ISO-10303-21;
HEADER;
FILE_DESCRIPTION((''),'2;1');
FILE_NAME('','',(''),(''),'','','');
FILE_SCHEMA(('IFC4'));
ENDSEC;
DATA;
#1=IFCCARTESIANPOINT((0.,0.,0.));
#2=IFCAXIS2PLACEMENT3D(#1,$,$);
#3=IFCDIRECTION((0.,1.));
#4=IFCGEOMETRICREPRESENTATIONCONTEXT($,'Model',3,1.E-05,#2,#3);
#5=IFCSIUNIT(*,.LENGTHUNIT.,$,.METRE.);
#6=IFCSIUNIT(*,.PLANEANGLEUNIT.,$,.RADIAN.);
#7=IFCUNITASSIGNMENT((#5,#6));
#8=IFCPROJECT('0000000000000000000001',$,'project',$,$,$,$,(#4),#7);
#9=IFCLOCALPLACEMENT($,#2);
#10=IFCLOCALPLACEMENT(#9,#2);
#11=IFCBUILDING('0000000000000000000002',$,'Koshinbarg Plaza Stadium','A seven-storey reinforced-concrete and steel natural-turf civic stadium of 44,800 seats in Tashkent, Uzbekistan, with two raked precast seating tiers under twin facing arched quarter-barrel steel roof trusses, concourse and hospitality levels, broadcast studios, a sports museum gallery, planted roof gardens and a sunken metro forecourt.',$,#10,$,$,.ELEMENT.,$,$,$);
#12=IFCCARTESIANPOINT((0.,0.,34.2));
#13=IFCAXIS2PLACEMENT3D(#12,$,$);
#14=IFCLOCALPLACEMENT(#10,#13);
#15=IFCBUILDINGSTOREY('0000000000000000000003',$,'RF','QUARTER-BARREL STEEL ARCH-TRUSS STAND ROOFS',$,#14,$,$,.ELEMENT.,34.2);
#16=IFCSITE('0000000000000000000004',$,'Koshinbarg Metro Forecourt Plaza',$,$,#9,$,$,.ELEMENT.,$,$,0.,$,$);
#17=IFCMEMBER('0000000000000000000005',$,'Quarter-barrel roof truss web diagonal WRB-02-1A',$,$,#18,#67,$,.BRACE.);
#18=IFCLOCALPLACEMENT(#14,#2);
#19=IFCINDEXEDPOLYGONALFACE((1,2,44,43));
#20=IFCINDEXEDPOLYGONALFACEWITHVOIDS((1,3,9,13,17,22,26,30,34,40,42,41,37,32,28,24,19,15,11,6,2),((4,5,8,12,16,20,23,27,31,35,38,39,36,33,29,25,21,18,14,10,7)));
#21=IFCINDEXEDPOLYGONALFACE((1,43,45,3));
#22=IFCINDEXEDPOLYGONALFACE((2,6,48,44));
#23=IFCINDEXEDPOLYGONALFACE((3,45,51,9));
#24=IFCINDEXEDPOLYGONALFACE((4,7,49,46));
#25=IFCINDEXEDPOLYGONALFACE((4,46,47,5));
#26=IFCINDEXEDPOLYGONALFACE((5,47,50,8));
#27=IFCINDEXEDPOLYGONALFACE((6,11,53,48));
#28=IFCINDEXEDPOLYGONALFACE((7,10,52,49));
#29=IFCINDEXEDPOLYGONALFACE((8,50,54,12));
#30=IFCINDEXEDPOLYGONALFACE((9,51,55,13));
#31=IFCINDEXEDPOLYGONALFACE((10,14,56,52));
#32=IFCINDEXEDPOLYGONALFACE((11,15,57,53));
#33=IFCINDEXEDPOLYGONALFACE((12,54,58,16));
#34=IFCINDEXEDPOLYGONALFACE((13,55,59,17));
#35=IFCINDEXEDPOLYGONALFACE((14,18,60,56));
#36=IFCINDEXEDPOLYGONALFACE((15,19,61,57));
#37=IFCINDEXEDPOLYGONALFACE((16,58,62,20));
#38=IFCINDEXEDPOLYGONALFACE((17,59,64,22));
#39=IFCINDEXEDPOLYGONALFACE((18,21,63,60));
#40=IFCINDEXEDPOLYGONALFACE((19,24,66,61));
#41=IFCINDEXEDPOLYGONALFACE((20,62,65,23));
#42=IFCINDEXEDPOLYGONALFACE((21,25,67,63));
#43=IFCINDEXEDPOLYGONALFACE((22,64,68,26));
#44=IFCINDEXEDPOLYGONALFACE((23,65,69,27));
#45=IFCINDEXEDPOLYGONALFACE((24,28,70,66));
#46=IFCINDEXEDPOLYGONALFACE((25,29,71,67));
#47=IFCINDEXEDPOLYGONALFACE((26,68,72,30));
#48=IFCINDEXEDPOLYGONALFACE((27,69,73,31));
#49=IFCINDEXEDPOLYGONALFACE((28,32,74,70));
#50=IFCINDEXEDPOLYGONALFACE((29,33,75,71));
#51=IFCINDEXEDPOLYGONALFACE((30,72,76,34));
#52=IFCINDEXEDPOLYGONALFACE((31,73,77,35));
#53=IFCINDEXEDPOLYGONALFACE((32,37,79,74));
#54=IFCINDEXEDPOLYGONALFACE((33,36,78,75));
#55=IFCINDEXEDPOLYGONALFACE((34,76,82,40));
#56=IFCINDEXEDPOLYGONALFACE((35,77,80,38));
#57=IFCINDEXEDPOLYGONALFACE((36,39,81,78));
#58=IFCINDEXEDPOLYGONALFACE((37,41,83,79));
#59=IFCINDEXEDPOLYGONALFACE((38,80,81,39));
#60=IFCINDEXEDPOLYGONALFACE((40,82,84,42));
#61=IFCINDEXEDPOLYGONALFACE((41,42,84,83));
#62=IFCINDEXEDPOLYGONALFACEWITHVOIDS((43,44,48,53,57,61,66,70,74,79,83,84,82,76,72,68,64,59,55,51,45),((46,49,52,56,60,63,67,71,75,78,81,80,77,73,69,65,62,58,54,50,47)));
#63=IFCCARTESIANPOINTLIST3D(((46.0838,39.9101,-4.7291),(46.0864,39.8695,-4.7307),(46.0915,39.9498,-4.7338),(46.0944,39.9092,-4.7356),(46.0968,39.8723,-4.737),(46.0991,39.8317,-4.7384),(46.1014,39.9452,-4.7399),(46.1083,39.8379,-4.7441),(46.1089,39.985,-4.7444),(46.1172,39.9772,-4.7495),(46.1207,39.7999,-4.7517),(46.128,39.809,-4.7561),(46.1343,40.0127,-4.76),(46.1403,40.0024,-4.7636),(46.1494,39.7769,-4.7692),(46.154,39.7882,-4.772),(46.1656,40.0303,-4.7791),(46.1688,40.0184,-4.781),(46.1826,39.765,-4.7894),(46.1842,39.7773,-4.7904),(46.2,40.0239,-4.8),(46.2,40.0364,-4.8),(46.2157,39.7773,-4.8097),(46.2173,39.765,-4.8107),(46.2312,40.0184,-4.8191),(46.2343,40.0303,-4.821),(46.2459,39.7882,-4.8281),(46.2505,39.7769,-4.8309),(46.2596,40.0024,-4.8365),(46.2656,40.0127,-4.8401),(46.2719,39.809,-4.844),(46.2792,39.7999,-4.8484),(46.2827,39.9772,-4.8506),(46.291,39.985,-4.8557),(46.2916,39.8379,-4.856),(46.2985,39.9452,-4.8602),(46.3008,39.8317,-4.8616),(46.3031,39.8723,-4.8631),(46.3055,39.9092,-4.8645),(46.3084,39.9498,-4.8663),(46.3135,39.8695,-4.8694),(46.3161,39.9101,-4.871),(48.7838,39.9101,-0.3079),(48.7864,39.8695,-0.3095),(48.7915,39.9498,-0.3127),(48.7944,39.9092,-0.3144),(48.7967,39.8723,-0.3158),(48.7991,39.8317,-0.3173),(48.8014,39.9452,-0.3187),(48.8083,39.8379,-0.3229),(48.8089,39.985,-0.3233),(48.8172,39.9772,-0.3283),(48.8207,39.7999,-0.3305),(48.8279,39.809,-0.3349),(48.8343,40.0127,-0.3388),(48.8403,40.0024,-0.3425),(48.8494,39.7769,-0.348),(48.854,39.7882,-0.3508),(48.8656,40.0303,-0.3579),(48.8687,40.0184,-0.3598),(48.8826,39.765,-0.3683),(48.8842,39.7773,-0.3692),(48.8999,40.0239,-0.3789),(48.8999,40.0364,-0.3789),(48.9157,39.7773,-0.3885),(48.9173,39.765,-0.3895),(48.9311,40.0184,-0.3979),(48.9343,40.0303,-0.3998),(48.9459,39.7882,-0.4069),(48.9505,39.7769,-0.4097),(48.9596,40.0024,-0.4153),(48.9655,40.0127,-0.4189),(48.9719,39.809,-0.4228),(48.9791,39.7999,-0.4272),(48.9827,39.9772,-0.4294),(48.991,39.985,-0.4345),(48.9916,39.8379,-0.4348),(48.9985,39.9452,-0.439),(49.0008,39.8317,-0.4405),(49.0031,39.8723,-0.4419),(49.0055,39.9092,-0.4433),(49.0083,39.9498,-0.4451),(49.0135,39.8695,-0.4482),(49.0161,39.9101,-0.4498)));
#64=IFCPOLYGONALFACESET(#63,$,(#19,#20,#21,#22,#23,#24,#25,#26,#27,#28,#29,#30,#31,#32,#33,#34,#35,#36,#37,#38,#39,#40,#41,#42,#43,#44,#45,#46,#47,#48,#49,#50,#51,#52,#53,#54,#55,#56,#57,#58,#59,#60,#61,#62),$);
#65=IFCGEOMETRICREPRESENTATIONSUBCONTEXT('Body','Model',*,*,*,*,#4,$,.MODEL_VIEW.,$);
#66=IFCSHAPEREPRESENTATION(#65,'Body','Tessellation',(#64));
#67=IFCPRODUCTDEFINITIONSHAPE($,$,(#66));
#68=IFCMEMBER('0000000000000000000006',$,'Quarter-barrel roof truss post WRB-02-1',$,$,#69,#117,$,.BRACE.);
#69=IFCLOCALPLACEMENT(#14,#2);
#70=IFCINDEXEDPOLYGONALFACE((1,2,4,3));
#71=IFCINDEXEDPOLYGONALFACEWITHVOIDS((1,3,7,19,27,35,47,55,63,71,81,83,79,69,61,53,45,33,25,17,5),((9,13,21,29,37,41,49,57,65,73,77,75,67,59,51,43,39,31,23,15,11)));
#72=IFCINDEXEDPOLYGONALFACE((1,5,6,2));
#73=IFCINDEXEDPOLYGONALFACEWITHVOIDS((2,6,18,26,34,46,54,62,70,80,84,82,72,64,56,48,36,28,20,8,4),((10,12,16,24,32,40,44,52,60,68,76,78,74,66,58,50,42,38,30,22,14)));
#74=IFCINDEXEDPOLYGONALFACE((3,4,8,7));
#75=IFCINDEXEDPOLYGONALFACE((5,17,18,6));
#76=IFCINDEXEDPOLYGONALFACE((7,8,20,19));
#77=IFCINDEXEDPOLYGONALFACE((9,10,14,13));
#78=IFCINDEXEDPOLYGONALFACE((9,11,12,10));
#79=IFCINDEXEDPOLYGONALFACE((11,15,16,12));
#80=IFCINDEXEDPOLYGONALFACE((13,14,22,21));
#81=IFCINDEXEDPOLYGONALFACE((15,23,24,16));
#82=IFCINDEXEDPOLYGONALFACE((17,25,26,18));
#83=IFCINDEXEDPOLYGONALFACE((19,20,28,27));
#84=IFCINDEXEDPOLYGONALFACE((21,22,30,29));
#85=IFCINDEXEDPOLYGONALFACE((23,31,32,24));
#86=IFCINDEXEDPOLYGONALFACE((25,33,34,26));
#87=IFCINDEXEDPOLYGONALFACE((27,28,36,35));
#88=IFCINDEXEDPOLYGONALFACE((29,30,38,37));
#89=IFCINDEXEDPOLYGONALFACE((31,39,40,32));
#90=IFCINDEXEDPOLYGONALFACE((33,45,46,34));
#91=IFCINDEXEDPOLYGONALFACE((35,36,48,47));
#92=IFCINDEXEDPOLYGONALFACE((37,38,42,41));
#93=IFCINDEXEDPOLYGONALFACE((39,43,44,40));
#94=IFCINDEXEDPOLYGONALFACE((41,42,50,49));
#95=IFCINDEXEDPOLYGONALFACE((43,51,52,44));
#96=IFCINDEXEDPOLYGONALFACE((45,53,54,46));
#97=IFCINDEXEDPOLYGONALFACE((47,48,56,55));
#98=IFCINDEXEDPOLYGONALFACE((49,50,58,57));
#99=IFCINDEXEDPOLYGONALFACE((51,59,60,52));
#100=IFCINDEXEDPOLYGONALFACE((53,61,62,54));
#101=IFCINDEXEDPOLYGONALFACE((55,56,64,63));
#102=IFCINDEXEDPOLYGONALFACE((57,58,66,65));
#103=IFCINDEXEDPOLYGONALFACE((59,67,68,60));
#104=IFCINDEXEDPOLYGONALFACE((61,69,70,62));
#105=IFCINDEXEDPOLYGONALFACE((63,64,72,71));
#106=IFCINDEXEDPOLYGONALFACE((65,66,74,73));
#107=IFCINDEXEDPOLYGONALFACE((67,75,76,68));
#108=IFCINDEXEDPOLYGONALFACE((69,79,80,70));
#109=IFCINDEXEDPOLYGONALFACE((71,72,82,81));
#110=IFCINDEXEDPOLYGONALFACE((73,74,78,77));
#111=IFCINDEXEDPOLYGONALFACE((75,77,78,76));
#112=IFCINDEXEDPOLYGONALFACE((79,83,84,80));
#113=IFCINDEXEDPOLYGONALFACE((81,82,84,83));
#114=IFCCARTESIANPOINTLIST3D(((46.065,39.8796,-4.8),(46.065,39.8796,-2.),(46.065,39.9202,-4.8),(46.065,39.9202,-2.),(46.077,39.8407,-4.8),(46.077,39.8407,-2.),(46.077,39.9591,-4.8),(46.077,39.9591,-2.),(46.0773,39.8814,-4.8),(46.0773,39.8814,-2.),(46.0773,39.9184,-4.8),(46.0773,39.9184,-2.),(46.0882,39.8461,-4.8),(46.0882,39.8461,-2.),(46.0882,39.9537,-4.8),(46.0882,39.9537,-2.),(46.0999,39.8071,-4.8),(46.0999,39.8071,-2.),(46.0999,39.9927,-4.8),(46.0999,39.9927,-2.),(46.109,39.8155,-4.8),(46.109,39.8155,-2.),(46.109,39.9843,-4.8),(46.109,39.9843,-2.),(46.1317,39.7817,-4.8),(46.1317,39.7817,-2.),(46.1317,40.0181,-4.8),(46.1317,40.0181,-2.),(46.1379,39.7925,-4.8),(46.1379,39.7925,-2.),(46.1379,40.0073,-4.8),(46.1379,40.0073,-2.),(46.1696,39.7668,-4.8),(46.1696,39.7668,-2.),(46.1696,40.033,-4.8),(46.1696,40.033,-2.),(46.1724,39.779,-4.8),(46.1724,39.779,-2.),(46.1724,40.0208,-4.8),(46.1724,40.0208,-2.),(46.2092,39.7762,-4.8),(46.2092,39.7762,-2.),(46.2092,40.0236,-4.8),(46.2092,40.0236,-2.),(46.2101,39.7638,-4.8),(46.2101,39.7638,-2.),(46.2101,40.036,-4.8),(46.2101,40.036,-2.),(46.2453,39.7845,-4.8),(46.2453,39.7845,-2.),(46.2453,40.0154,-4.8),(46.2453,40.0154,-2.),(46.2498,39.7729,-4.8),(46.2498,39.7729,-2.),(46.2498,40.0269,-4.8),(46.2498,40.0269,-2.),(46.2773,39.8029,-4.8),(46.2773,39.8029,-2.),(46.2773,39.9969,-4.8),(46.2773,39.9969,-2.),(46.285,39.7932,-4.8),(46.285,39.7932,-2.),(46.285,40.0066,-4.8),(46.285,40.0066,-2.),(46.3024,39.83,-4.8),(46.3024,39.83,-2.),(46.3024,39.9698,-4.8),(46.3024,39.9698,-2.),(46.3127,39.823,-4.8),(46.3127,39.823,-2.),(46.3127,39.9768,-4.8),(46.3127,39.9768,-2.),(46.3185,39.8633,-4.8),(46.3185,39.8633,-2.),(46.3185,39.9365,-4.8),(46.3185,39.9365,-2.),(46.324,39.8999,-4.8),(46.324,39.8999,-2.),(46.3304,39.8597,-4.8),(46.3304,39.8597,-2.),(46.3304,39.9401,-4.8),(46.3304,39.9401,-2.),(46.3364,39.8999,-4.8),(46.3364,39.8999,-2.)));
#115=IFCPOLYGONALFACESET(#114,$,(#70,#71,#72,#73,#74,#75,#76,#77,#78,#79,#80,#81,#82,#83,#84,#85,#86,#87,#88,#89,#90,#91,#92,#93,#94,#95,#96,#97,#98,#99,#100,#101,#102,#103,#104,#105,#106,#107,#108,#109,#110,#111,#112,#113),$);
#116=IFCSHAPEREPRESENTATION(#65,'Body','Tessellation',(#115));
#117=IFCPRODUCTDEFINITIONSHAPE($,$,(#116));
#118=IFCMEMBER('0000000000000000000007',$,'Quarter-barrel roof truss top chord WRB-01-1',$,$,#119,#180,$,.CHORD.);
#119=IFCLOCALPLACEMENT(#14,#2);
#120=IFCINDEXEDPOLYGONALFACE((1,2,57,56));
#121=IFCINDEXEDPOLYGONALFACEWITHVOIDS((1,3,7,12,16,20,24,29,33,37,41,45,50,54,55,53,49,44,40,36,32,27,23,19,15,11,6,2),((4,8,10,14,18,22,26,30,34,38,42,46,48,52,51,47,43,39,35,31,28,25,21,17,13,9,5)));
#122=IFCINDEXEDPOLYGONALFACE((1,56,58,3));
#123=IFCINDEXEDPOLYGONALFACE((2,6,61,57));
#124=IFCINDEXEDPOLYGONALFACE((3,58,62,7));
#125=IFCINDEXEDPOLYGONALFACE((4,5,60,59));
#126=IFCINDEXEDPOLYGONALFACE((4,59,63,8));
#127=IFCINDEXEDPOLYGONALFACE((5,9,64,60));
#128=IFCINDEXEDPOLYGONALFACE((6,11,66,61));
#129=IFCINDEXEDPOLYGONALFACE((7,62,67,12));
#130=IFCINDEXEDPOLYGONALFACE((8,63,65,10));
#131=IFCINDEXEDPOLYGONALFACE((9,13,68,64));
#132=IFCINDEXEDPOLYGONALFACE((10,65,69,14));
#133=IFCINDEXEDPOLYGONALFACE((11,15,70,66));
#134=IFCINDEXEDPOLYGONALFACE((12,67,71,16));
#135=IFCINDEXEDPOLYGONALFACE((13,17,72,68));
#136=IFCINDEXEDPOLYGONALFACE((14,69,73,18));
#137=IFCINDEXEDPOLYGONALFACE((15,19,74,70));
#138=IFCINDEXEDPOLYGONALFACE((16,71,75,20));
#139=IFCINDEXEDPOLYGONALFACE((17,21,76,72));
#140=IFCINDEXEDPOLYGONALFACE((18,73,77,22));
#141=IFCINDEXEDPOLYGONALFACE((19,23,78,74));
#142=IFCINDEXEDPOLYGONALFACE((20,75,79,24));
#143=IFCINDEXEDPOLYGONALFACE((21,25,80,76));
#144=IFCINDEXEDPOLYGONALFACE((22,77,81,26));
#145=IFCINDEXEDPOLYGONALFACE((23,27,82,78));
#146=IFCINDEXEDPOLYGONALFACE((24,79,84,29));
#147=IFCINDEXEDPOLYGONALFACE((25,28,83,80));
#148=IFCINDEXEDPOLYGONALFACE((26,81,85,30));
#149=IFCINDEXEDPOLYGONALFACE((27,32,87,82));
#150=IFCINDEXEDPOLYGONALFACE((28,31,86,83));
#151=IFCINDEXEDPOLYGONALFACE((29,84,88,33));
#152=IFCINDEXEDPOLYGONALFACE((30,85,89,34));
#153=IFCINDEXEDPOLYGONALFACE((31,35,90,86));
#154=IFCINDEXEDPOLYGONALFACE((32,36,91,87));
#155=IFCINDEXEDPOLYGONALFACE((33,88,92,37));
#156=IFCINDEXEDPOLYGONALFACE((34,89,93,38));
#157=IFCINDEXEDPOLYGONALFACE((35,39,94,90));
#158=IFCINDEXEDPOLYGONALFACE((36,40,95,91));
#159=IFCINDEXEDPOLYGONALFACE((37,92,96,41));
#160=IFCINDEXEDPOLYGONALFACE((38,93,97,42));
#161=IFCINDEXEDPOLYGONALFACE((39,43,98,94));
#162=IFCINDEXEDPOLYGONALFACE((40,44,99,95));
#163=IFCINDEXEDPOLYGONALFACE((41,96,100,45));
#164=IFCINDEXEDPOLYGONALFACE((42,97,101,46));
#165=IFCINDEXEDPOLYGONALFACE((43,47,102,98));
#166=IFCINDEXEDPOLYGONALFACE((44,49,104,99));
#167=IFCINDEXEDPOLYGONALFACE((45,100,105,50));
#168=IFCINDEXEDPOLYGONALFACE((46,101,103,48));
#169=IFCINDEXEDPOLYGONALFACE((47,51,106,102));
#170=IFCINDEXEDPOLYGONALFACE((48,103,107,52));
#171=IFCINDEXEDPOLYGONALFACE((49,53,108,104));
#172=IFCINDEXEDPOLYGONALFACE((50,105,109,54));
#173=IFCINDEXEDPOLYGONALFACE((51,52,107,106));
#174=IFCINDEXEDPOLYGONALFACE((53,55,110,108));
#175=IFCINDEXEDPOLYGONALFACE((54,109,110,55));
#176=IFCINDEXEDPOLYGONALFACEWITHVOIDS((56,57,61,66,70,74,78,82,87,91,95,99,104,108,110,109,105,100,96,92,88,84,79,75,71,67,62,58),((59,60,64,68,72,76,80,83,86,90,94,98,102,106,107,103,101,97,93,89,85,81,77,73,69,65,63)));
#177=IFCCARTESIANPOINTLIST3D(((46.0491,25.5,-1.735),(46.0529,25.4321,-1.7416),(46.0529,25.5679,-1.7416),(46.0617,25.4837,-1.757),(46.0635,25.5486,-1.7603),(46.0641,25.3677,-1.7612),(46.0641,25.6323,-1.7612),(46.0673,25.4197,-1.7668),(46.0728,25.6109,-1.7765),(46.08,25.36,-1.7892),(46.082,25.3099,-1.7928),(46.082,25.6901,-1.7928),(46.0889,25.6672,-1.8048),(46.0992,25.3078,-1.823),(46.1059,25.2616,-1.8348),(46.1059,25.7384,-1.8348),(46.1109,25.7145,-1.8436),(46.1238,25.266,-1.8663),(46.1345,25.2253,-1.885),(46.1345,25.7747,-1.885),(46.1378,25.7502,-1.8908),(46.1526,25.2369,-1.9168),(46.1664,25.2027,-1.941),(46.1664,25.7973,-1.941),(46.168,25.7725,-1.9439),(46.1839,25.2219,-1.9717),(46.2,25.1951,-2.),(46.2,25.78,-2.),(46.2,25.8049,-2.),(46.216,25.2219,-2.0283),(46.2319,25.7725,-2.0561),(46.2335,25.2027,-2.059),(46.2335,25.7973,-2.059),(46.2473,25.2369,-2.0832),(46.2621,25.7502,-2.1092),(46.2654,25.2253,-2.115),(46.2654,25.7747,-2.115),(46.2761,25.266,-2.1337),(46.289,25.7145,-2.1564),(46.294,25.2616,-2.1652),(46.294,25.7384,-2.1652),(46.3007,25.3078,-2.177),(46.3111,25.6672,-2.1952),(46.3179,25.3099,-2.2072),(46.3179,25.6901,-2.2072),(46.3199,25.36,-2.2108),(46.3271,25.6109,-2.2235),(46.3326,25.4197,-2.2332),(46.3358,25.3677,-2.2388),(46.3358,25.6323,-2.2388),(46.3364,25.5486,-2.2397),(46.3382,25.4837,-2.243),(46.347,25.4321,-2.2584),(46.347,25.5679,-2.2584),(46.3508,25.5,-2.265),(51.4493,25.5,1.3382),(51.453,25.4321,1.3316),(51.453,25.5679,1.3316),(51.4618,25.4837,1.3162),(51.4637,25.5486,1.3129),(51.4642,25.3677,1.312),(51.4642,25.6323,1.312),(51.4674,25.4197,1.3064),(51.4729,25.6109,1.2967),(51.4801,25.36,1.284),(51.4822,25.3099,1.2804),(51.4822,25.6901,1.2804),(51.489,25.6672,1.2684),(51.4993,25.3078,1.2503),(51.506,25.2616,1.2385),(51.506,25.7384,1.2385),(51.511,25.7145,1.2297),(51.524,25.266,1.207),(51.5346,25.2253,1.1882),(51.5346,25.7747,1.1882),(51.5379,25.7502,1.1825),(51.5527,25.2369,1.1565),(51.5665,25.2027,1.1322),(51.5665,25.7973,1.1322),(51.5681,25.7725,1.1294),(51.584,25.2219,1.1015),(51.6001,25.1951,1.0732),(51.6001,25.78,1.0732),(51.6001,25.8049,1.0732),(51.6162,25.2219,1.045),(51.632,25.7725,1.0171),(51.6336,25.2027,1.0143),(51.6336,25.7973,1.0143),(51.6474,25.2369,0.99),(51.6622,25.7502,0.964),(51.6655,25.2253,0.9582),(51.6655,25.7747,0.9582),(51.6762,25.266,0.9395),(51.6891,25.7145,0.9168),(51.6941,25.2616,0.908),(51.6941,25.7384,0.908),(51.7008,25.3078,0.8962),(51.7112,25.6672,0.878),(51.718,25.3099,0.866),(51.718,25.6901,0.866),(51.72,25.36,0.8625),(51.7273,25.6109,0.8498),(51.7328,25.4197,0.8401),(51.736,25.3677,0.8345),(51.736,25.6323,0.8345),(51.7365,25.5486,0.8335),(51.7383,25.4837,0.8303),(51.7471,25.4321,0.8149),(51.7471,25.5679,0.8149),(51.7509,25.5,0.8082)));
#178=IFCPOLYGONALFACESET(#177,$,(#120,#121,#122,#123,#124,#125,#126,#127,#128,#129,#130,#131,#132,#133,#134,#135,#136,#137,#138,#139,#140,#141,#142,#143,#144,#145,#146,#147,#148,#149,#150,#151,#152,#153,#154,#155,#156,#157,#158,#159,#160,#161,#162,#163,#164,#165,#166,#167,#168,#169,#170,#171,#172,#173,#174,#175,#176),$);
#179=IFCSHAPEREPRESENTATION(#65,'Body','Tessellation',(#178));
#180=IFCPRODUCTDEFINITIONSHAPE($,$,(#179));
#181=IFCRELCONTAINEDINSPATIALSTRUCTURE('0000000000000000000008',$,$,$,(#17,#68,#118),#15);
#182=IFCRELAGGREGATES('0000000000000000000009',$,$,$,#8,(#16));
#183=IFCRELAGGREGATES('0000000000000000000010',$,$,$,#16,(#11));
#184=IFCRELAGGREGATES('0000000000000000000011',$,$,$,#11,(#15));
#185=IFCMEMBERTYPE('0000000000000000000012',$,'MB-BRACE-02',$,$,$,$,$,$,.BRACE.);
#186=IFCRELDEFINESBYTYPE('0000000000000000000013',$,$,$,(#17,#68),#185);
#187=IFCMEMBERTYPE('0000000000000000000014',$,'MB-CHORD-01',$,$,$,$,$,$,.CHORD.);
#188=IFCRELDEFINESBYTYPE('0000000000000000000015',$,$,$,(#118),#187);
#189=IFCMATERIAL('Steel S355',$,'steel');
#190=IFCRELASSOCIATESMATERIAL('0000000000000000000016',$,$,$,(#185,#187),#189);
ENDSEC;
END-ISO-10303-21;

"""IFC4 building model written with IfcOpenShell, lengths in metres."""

from ifc_helpers import new_model, si_unit, direction, frame, origin, origin_2d, place, context, subcontext, project, spatial, hollow_circle, extrude, material, material_profile, profile_set, type_object, element, save


model = new_model("IFC4")

# Units and contexts
model_context = context("Model", 3, precision=1e-05, world=origin(), true_north=direction((0.0, 1.0)))
body_context = subcontext(model_context, "Body", "Model", "MODEL_VIEW")
ifc_project = project(units=[si_unit("LENGTHUNIT", "METRE"), si_unit("PLANEANGLEUNIT", "RADIAN")], contexts=[model_context])

# Site, building, storey
site_placement = place(None, origin())
site = spatial("IfcSite", under=ifc_project, at=site_placement, Name="Koshinbarg Metro Forecourt Plaza", CompositionType="ELEMENT", RefElevation=0.0)
building_placement = place(site_placement, origin())
building = spatial("IfcBuilding", under=site, at=building_placement, Name="Koshinbarg Plaza Stadium", Description="A seven-storey reinforced-concrete and steel natural-turf civic stadium of 44,800 seats in Tashkent, Uzbekistan, with two raked precast seating tiers under twin facing arched quarter-barrel steel roof trusses, concourse and hospitality levels, broadcast studios, a sports museum gallery, planted roof gardens and a sunken metro forecourt.", CompositionType="ELEMENT")
storey_placement = place(building_placement, frame((0.0, 0.0, 34.2)))
storey = spatial("IfcBuildingStorey", under=building, at=storey_placement, Name="RF", Description="QUARTER-BARREL STEEL ARCH-TRUSS STAND ROOFS", CompositionType="ELEMENT", Elevation=34.2)

# Shared definitions
ifc_material_1 = material(Name="Steel S355", Category="steel")

# Members
ifc_material_profile_1 = material_profile(ifc_material_1, hollow_circle(Radius=0.1365, WallThickness=0.0125, at=origin_2d()), Name="CHS 273x12.5")
ifc_profile_set_1 = profile_set([ifc_material_profile_1], Name="Steel S355")
member_type_1 = type_object("IfcMemberType", Name="MB-BRACE-02", PredefinedType="BRACE", material=ifc_profile_set_1)
member_1_placement = place(storey_placement, frame((46.2, 39.8999, -4.8), z_axis=(0.521189, 0.0, 0.853441), x_axis=(0.0, 1.0, 0.0)))
element("IfcMember", 1, at=member_1_placement, inside=storey, type_object=member_type_1, Name="Quarter-barrel roof truss web diagonal WRB-02-1A", PredefinedType="BRACE", context=body_context, shape_type="SweptSolid", body=[
    extrude(hollow_circle(Radius=0.1365, WallThickness=0.0125, at=origin_2d()), origin(), (0.0, 0.0, 1.0), 5.1804),
])
member_2_placement = place(storey_placement, frame((46.2, 39.8999, -4.8), z_axis=(0.0, 0.0, 1.0), x_axis=(1.0, 0.0, 0.0)))
element("IfcMember", 2, at=member_2_placement, inside=storey, type_object=member_type_1, Name="Quarter-barrel roof truss post WRB-02-1", PredefinedType="BRACE", context=body_context, shape_type="SweptSolid", body=[
    extrude(hollow_circle(Radius=0.1365, WallThickness=0.0125, at=origin_2d()), origin(), (0.0, 0.0, 1.0), 2.8),
])
ifc_material_profile_2 = material_profile(ifc_material_1, hollow_circle(Radius=0.3049, WallThickness=0.0249, at=origin_2d()), Name="CHS 610x25")
ifc_profile_set_2 = profile_set([ifc_material_profile_2], Name="Steel S355")
member_type_2 = type_object("IfcMemberType", Name="MB-CHORD-01", PredefinedType="CHORD", material=ifc_profile_set_2)
member_3_placement = place(storey_placement, frame((46.2, 25.5, -2.0), z_axis=(0.869112, 0.0, 0.494615), x_axis=(0.0, 1.0, 0.0)))
element("IfcMember", 3, at=member_3_placement, inside=storey, type_object=member_type_2, Name="Quarter-barrel roof truss top chord WRB-01-1", PredefinedType="CHORD", context=body_context, shape_type="SweptSolid", body=[
    extrude(hollow_circle(Radius=0.3049, WallThickness=0.0249, at=origin_2d()), origin(), (0.0, 0.0, 1.0), 6.2134),
])

save(model, "model.ifc")
